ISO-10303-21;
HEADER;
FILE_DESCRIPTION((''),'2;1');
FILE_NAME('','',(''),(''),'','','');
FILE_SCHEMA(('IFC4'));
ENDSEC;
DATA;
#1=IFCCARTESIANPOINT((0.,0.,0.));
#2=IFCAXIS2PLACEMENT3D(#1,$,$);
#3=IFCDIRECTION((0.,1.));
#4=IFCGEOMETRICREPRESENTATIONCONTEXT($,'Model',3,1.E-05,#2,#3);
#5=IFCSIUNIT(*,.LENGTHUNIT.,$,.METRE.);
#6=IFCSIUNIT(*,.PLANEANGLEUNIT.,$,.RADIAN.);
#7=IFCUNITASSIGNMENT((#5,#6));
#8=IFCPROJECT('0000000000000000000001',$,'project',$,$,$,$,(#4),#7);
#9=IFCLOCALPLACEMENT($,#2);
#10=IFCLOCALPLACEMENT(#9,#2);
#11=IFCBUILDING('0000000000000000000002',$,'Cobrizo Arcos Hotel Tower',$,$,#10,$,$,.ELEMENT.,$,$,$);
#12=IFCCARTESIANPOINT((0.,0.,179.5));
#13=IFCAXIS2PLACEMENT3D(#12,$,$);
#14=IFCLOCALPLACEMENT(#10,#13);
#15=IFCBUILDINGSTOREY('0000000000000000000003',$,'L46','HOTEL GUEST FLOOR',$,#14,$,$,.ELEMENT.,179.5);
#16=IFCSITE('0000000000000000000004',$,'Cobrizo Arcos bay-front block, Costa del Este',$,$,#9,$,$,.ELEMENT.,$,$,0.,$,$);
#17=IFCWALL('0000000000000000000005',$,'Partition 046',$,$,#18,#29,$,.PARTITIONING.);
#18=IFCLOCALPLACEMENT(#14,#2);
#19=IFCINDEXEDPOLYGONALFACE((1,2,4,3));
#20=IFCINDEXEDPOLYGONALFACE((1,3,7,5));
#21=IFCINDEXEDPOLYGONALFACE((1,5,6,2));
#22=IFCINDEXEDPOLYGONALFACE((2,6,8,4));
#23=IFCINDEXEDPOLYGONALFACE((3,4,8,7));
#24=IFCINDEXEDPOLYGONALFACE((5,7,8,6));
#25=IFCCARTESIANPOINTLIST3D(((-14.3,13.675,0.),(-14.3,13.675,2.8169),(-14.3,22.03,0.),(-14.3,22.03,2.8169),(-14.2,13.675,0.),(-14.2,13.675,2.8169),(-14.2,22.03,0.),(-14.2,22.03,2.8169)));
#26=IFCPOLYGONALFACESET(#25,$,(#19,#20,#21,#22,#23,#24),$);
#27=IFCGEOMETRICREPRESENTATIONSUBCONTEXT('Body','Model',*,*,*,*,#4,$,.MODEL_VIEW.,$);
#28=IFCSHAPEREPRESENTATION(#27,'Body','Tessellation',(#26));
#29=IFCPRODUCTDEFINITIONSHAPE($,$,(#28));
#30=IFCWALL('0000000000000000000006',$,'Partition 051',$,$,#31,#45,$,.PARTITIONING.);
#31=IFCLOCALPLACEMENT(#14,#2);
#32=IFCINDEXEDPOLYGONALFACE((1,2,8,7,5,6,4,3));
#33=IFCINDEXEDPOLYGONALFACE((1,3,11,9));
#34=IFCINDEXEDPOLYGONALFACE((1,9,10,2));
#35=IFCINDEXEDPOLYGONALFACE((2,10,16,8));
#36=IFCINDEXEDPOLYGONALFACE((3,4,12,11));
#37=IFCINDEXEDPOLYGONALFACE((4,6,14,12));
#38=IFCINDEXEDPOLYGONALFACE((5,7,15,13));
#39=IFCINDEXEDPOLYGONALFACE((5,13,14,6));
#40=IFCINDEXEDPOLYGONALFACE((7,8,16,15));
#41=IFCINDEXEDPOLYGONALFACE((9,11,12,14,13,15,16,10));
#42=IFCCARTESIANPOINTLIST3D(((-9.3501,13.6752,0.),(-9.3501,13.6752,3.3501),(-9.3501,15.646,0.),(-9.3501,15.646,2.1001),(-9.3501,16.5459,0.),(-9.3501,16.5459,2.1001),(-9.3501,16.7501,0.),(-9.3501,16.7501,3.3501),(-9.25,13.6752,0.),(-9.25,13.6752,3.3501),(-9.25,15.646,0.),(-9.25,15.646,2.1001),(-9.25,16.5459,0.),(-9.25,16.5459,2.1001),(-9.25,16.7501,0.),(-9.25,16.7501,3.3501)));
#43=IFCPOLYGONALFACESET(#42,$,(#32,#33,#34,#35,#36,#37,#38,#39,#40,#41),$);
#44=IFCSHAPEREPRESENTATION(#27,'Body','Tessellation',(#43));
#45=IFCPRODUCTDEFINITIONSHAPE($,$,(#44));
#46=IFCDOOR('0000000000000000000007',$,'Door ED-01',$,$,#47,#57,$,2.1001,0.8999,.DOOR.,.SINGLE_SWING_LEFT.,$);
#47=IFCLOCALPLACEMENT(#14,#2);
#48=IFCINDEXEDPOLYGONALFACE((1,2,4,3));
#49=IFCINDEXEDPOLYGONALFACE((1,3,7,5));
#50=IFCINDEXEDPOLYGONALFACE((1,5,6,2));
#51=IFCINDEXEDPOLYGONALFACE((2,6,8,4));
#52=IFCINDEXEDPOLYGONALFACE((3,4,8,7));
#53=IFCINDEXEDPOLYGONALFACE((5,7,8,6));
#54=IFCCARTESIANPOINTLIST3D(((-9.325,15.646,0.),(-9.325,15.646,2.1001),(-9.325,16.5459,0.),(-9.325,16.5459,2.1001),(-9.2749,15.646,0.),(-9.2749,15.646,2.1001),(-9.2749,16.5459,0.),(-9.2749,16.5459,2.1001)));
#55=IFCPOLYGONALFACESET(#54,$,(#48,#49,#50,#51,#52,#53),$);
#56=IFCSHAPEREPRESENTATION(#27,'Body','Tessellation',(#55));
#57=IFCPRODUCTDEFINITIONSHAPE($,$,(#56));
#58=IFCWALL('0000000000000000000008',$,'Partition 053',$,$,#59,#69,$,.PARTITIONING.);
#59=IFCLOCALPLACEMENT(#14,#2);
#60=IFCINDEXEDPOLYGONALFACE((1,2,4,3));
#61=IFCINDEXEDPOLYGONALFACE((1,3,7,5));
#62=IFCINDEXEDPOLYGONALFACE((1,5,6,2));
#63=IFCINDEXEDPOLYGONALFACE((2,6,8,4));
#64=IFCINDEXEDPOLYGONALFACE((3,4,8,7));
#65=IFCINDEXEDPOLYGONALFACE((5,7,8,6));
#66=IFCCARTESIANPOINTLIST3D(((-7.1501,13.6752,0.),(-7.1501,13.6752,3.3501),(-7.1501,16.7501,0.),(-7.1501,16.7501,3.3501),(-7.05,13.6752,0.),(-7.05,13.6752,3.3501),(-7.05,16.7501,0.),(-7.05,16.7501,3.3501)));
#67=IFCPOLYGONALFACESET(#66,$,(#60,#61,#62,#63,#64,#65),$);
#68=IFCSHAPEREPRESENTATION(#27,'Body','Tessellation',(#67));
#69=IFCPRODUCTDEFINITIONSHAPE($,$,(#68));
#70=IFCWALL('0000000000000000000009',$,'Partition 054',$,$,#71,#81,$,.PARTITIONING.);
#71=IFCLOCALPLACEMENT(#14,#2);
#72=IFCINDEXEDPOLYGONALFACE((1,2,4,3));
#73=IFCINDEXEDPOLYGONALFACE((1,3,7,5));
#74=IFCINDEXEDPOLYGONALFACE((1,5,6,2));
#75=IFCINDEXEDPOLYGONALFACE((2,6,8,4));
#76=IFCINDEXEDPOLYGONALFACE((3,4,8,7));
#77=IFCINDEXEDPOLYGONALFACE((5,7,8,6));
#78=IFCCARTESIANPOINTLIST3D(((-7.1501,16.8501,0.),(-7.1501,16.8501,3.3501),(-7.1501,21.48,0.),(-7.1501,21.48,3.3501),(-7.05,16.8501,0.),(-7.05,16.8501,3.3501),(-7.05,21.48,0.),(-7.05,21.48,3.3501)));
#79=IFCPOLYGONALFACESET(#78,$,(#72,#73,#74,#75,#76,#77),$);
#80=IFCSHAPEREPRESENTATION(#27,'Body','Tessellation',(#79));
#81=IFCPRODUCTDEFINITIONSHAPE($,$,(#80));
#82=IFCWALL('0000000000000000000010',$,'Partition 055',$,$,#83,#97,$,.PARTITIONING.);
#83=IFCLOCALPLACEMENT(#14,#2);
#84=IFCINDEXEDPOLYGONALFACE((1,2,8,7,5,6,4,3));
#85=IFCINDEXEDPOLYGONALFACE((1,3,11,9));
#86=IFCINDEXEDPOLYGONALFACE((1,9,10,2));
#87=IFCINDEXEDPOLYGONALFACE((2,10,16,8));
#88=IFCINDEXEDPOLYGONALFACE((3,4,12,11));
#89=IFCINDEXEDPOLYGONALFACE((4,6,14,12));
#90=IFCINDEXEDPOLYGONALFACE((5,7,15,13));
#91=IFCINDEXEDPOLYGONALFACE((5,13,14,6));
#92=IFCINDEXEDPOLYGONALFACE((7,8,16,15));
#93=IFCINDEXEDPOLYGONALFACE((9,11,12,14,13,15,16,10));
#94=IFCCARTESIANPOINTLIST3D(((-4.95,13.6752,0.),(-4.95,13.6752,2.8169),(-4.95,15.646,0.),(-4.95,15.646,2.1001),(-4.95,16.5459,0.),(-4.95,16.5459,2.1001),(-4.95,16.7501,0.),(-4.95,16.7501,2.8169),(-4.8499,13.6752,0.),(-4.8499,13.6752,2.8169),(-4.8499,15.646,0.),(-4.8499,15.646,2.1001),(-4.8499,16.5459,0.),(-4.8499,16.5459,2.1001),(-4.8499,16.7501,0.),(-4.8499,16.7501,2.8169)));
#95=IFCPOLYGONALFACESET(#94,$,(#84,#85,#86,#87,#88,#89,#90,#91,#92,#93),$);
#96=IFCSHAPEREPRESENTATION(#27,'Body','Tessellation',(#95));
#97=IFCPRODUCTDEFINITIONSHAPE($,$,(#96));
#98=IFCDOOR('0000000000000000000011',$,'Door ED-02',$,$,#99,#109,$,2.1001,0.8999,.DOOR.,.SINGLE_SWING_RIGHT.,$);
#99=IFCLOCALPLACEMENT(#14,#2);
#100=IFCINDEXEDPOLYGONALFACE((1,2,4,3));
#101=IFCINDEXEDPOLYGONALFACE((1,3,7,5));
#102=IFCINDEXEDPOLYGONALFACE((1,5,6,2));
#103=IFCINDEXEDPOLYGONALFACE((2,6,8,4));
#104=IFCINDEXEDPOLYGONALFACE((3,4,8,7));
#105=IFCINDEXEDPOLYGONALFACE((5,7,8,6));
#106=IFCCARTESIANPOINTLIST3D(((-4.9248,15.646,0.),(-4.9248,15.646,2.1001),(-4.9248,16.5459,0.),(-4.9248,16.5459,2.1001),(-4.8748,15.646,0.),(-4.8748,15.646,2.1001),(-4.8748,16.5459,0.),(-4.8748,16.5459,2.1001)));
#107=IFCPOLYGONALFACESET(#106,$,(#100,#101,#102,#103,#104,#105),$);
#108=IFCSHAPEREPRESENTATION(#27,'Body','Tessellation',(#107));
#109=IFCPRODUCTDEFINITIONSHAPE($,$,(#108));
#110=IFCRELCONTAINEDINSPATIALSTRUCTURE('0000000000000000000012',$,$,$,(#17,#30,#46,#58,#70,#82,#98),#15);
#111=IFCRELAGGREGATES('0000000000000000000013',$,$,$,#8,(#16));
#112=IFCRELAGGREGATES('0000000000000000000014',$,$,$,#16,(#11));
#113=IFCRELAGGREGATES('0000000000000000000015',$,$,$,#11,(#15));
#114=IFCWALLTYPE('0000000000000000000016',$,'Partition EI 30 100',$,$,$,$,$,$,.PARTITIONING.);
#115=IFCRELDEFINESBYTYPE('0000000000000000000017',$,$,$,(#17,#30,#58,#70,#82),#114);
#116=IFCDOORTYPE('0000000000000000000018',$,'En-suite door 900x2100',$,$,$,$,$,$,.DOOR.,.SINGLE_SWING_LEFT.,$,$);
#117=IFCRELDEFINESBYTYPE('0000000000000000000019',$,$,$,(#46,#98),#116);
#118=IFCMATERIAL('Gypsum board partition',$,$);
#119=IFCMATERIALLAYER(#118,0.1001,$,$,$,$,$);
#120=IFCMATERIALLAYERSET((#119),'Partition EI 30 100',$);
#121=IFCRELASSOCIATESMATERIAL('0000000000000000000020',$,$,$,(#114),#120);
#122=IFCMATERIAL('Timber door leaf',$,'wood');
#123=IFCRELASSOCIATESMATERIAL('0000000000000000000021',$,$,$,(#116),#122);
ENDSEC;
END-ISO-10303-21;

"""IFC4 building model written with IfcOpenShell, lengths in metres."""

from ifc_helpers import new_model, si_unit, direction, frame, frame_2d, origin, place, context, subcontext, project, spatial, rectangle, extrude, material, layer, layer_set, type_object, element, fill, save


model = new_model("IFC4")

# Units and contexts
model_context = context("Model", 3, precision=1e-05, world=origin(), true_north=direction((0.0, 1.0)))
body_context = subcontext(model_context, "Body", "Model", "MODEL_VIEW")
ifc_project = project(units=[si_unit("LENGTHUNIT", "METRE"), si_unit("PLANEANGLEUNIT", "RADIAN")], contexts=[model_context])

# Site, building, storey
site_placement = place(None, origin())
site = spatial("IfcSite", under=ifc_project, at=site_placement, Name="Cobrizo Arcos bay-front block, Costa del Este", CompositionType="ELEMENT", RefElevation=0.0)
building_placement = place(site_placement, origin())
building = spatial("IfcBuilding", under=site, at=building_placement, Name="Cobrizo Arcos Hotel Tower", CompositionType="ELEMENT")
storey_placement = place(building_placement, frame((0.0, 0.0, 179.5)))
storey = spatial("IfcBuildingStorey", under=building, at=storey_placement, Name="L46", Description="HOTEL GUEST FLOOR", CompositionType="ELEMENT", Elevation=179.5)

# Shared definitions
ifc_material_1 = material(Name="Gypsum board partition")
ifc_material_2 = material(Name="Timber door leaf", Category="wood")

# Wall
ifc_layer_1 = layer(ifc_material_1, 0.1001)
ifc_layer_set_1 = layer_set([ifc_layer_1], Name="Partition EI 30 100")
wall_type_1 = type_object("IfcWallType", Name="Partition EI 30 100", PredefinedType="PARTITIONING", material=ifc_layer_set_1)
wall_1_placement = place(storey_placement, frame((-14.25, 13.675, 0.0), z_axis=(0.0, 0.0, 1.0), x_axis=(0.0, 1.0, 0.0)))
element("IfcWall", 1, at=wall_1_placement, inside=storey, type_object=wall_type_1, Name="Partition 046", PredefinedType="PARTITIONING", context=body_context, shape_type="SweptSolid", body=[
    extrude(rectangle(XDim=8.355, YDim=0.1001, at=frame_2d((4.1775, 0.0))), origin(), (0.0, 0.0, 1.0), 2.8169),
])

# Wall, opening, door
wall_2_placement = place(storey_placement, frame((-9.3, 13.675, 0.0), z_axis=(0.0, 0.0, 1.0), x_axis=(0.0, 1.0, 0.0)))
wall_2 = element("IfcWall", 2, at=wall_2_placement, inside=storey, type_object=wall_type_1, Name="Partition 051", PredefinedType="PARTITIONING", context=body_context, shape_type="SweptSolid", body=[
    extrude(rectangle(XDim=3.075, YDim=0.1001, at=frame_2d((1.5376, 0.0))), origin(), (0.0, 0.0, 1.0), 3.3501),
])
opening_1_placement = place(wall_2_placement, frame((1.9709, 0.0, 0.0)))
opening_1 = element("IfcOpeningElement", 3, at=opening_1_placement, cuts=wall_2, PredefinedType="OPENING", context=body_context, shape_type="SweptSolid", body=[
    extrude(rectangle(XDim=0.8999, YDim=2.1001, at=frame_2d((0.45, 1.05))), frame((0.0, 0.062, 0.0), z_axis=(0.0, -1.0, 0.0), x_axis=(1.0, 0.0, 0.0)), (0.0, 0.0, 1.0), 0.124),
])
door_type_1 = type_object("IfcDoorType", Name="En-suite door 900x2100", OperationType="SINGLE_SWING_LEFT", PredefinedType="DOOR", material=ifc_material_2)
door_1_placement = place(opening_1_placement, origin())
door_1 = element("IfcDoor", 4, at=door_1_placement, inside=storey, type_object=door_type_1, Name="Door ED-01", OperationType="SINGLE_SWING_LEFT", OverallHeight=2.1001, OverallWidth=0.8999, PredefinedType="DOOR", context=body_context, shape_type="SweptSolid", body=[
    extrude(rectangle(XDim=0.8999, YDim=2.1001, at=frame_2d((0.45, 1.05))), frame((0.0, 0.0249, 0.0), z_axis=(0.0, -1.0, 0.0), x_axis=(1.0, 0.0, 0.0)), (0.0, 0.0, 1.0), 0.05),
])
fill(opening_1, door_1)

# Walls
wall_3_placement = place(storey_placement, frame((-7.1001, 13.675, 0.0), z_axis=(0.0, 0.0, 1.0), x_axis=(0.0, 1.0, 0.0)))
element("IfcWall", 5, at=wall_3_placement, inside=storey, type_object=wall_type_1, Name="Partition 053", PredefinedType="PARTITIONING", context=body_context, shape_type="SweptSolid", body=[
    extrude(rectangle(XDim=3.075, YDim=0.1001, at=frame_2d((1.5376, 0.0))), origin(), (0.0, 0.0, 1.0), 3.3501),
])
wall_4_placement = place(storey_placement, frame((-7.1001, 16.8501, 0.0), z_axis=(0.0, 0.0, 1.0), x_axis=(0.0, 1.0, 0.0)))
element("IfcWall", 6, at=wall_4_placement, inside=storey, type_object=wall_type_1, Name="Partition 054", PredefinedType="PARTITIONING", context=body_context, shape_type="SweptSolid", body=[
    extrude(rectangle(XDim=4.6299, YDim=0.1001, at=frame_2d((2.3149, 0.0))), origin(), (0.0, 0.0, 1.0), 3.3501),
])

# Wall, opening, door
wall_5_placement = place(storey_placement, frame((-4.8999, 13.675, 0.0), z_axis=(0.0, 0.0, 1.0), x_axis=(0.0, 1.0, 0.0)))
wall_5 = element("IfcWall", 7, at=wall_5_placement, inside=storey, type_object=wall_type_1, Name="Partition 055", PredefinedType="PARTITIONING", context=body_context, shape_type="SweptSolid", body=[
    extrude(rectangle(XDim=3.075, YDim=0.1001, at=frame_2d((1.5376, 0.0))), origin(), (0.0, 0.0, 1.0), 2.8169),
])
opening_2_placement = place(wall_5_placement, frame((1.9709, 0.0, 0.0)))
opening_2 = element("IfcOpeningElement", 8, at=opening_2_placement, cuts=wall_5, PredefinedType="OPENING", context=body_context, shape_type="SweptSolid", body=[
    extrude(rectangle(XDim=0.8999, YDim=2.1001, at=frame_2d((0.45, 1.05))), frame((0.0, 0.062, 0.0), z_axis=(0.0, -1.0, 0.0), x_axis=(1.0, 0.0, 0.0)), (0.0, 0.0, 1.0), 0.124),
])
door_2_placement = place(opening_2_placement, origin())
door_2 = element("IfcDoor", 9, at=door_2_placement, inside=storey, type_object=door_type_1, Name="Door ED-02", OperationType="SINGLE_SWING_RIGHT", OverallHeight=2.1001, OverallWidth=0.8999, PredefinedType="DOOR", context=body_context, shape_type="SweptSolid", body=[
    extrude(rectangle(XDim=0.8999, YDim=2.1001, at=frame_2d((0.45, 1.05))), frame((0.0, 0.0249, 0.0), z_axis=(0.0, -1.0, 0.0), x_axis=(1.0, 0.0, 0.0)), (0.0, 0.0, 1.0), 0.05),
])
fill(opening_2, door_2)

save(model, "model.ifc")
